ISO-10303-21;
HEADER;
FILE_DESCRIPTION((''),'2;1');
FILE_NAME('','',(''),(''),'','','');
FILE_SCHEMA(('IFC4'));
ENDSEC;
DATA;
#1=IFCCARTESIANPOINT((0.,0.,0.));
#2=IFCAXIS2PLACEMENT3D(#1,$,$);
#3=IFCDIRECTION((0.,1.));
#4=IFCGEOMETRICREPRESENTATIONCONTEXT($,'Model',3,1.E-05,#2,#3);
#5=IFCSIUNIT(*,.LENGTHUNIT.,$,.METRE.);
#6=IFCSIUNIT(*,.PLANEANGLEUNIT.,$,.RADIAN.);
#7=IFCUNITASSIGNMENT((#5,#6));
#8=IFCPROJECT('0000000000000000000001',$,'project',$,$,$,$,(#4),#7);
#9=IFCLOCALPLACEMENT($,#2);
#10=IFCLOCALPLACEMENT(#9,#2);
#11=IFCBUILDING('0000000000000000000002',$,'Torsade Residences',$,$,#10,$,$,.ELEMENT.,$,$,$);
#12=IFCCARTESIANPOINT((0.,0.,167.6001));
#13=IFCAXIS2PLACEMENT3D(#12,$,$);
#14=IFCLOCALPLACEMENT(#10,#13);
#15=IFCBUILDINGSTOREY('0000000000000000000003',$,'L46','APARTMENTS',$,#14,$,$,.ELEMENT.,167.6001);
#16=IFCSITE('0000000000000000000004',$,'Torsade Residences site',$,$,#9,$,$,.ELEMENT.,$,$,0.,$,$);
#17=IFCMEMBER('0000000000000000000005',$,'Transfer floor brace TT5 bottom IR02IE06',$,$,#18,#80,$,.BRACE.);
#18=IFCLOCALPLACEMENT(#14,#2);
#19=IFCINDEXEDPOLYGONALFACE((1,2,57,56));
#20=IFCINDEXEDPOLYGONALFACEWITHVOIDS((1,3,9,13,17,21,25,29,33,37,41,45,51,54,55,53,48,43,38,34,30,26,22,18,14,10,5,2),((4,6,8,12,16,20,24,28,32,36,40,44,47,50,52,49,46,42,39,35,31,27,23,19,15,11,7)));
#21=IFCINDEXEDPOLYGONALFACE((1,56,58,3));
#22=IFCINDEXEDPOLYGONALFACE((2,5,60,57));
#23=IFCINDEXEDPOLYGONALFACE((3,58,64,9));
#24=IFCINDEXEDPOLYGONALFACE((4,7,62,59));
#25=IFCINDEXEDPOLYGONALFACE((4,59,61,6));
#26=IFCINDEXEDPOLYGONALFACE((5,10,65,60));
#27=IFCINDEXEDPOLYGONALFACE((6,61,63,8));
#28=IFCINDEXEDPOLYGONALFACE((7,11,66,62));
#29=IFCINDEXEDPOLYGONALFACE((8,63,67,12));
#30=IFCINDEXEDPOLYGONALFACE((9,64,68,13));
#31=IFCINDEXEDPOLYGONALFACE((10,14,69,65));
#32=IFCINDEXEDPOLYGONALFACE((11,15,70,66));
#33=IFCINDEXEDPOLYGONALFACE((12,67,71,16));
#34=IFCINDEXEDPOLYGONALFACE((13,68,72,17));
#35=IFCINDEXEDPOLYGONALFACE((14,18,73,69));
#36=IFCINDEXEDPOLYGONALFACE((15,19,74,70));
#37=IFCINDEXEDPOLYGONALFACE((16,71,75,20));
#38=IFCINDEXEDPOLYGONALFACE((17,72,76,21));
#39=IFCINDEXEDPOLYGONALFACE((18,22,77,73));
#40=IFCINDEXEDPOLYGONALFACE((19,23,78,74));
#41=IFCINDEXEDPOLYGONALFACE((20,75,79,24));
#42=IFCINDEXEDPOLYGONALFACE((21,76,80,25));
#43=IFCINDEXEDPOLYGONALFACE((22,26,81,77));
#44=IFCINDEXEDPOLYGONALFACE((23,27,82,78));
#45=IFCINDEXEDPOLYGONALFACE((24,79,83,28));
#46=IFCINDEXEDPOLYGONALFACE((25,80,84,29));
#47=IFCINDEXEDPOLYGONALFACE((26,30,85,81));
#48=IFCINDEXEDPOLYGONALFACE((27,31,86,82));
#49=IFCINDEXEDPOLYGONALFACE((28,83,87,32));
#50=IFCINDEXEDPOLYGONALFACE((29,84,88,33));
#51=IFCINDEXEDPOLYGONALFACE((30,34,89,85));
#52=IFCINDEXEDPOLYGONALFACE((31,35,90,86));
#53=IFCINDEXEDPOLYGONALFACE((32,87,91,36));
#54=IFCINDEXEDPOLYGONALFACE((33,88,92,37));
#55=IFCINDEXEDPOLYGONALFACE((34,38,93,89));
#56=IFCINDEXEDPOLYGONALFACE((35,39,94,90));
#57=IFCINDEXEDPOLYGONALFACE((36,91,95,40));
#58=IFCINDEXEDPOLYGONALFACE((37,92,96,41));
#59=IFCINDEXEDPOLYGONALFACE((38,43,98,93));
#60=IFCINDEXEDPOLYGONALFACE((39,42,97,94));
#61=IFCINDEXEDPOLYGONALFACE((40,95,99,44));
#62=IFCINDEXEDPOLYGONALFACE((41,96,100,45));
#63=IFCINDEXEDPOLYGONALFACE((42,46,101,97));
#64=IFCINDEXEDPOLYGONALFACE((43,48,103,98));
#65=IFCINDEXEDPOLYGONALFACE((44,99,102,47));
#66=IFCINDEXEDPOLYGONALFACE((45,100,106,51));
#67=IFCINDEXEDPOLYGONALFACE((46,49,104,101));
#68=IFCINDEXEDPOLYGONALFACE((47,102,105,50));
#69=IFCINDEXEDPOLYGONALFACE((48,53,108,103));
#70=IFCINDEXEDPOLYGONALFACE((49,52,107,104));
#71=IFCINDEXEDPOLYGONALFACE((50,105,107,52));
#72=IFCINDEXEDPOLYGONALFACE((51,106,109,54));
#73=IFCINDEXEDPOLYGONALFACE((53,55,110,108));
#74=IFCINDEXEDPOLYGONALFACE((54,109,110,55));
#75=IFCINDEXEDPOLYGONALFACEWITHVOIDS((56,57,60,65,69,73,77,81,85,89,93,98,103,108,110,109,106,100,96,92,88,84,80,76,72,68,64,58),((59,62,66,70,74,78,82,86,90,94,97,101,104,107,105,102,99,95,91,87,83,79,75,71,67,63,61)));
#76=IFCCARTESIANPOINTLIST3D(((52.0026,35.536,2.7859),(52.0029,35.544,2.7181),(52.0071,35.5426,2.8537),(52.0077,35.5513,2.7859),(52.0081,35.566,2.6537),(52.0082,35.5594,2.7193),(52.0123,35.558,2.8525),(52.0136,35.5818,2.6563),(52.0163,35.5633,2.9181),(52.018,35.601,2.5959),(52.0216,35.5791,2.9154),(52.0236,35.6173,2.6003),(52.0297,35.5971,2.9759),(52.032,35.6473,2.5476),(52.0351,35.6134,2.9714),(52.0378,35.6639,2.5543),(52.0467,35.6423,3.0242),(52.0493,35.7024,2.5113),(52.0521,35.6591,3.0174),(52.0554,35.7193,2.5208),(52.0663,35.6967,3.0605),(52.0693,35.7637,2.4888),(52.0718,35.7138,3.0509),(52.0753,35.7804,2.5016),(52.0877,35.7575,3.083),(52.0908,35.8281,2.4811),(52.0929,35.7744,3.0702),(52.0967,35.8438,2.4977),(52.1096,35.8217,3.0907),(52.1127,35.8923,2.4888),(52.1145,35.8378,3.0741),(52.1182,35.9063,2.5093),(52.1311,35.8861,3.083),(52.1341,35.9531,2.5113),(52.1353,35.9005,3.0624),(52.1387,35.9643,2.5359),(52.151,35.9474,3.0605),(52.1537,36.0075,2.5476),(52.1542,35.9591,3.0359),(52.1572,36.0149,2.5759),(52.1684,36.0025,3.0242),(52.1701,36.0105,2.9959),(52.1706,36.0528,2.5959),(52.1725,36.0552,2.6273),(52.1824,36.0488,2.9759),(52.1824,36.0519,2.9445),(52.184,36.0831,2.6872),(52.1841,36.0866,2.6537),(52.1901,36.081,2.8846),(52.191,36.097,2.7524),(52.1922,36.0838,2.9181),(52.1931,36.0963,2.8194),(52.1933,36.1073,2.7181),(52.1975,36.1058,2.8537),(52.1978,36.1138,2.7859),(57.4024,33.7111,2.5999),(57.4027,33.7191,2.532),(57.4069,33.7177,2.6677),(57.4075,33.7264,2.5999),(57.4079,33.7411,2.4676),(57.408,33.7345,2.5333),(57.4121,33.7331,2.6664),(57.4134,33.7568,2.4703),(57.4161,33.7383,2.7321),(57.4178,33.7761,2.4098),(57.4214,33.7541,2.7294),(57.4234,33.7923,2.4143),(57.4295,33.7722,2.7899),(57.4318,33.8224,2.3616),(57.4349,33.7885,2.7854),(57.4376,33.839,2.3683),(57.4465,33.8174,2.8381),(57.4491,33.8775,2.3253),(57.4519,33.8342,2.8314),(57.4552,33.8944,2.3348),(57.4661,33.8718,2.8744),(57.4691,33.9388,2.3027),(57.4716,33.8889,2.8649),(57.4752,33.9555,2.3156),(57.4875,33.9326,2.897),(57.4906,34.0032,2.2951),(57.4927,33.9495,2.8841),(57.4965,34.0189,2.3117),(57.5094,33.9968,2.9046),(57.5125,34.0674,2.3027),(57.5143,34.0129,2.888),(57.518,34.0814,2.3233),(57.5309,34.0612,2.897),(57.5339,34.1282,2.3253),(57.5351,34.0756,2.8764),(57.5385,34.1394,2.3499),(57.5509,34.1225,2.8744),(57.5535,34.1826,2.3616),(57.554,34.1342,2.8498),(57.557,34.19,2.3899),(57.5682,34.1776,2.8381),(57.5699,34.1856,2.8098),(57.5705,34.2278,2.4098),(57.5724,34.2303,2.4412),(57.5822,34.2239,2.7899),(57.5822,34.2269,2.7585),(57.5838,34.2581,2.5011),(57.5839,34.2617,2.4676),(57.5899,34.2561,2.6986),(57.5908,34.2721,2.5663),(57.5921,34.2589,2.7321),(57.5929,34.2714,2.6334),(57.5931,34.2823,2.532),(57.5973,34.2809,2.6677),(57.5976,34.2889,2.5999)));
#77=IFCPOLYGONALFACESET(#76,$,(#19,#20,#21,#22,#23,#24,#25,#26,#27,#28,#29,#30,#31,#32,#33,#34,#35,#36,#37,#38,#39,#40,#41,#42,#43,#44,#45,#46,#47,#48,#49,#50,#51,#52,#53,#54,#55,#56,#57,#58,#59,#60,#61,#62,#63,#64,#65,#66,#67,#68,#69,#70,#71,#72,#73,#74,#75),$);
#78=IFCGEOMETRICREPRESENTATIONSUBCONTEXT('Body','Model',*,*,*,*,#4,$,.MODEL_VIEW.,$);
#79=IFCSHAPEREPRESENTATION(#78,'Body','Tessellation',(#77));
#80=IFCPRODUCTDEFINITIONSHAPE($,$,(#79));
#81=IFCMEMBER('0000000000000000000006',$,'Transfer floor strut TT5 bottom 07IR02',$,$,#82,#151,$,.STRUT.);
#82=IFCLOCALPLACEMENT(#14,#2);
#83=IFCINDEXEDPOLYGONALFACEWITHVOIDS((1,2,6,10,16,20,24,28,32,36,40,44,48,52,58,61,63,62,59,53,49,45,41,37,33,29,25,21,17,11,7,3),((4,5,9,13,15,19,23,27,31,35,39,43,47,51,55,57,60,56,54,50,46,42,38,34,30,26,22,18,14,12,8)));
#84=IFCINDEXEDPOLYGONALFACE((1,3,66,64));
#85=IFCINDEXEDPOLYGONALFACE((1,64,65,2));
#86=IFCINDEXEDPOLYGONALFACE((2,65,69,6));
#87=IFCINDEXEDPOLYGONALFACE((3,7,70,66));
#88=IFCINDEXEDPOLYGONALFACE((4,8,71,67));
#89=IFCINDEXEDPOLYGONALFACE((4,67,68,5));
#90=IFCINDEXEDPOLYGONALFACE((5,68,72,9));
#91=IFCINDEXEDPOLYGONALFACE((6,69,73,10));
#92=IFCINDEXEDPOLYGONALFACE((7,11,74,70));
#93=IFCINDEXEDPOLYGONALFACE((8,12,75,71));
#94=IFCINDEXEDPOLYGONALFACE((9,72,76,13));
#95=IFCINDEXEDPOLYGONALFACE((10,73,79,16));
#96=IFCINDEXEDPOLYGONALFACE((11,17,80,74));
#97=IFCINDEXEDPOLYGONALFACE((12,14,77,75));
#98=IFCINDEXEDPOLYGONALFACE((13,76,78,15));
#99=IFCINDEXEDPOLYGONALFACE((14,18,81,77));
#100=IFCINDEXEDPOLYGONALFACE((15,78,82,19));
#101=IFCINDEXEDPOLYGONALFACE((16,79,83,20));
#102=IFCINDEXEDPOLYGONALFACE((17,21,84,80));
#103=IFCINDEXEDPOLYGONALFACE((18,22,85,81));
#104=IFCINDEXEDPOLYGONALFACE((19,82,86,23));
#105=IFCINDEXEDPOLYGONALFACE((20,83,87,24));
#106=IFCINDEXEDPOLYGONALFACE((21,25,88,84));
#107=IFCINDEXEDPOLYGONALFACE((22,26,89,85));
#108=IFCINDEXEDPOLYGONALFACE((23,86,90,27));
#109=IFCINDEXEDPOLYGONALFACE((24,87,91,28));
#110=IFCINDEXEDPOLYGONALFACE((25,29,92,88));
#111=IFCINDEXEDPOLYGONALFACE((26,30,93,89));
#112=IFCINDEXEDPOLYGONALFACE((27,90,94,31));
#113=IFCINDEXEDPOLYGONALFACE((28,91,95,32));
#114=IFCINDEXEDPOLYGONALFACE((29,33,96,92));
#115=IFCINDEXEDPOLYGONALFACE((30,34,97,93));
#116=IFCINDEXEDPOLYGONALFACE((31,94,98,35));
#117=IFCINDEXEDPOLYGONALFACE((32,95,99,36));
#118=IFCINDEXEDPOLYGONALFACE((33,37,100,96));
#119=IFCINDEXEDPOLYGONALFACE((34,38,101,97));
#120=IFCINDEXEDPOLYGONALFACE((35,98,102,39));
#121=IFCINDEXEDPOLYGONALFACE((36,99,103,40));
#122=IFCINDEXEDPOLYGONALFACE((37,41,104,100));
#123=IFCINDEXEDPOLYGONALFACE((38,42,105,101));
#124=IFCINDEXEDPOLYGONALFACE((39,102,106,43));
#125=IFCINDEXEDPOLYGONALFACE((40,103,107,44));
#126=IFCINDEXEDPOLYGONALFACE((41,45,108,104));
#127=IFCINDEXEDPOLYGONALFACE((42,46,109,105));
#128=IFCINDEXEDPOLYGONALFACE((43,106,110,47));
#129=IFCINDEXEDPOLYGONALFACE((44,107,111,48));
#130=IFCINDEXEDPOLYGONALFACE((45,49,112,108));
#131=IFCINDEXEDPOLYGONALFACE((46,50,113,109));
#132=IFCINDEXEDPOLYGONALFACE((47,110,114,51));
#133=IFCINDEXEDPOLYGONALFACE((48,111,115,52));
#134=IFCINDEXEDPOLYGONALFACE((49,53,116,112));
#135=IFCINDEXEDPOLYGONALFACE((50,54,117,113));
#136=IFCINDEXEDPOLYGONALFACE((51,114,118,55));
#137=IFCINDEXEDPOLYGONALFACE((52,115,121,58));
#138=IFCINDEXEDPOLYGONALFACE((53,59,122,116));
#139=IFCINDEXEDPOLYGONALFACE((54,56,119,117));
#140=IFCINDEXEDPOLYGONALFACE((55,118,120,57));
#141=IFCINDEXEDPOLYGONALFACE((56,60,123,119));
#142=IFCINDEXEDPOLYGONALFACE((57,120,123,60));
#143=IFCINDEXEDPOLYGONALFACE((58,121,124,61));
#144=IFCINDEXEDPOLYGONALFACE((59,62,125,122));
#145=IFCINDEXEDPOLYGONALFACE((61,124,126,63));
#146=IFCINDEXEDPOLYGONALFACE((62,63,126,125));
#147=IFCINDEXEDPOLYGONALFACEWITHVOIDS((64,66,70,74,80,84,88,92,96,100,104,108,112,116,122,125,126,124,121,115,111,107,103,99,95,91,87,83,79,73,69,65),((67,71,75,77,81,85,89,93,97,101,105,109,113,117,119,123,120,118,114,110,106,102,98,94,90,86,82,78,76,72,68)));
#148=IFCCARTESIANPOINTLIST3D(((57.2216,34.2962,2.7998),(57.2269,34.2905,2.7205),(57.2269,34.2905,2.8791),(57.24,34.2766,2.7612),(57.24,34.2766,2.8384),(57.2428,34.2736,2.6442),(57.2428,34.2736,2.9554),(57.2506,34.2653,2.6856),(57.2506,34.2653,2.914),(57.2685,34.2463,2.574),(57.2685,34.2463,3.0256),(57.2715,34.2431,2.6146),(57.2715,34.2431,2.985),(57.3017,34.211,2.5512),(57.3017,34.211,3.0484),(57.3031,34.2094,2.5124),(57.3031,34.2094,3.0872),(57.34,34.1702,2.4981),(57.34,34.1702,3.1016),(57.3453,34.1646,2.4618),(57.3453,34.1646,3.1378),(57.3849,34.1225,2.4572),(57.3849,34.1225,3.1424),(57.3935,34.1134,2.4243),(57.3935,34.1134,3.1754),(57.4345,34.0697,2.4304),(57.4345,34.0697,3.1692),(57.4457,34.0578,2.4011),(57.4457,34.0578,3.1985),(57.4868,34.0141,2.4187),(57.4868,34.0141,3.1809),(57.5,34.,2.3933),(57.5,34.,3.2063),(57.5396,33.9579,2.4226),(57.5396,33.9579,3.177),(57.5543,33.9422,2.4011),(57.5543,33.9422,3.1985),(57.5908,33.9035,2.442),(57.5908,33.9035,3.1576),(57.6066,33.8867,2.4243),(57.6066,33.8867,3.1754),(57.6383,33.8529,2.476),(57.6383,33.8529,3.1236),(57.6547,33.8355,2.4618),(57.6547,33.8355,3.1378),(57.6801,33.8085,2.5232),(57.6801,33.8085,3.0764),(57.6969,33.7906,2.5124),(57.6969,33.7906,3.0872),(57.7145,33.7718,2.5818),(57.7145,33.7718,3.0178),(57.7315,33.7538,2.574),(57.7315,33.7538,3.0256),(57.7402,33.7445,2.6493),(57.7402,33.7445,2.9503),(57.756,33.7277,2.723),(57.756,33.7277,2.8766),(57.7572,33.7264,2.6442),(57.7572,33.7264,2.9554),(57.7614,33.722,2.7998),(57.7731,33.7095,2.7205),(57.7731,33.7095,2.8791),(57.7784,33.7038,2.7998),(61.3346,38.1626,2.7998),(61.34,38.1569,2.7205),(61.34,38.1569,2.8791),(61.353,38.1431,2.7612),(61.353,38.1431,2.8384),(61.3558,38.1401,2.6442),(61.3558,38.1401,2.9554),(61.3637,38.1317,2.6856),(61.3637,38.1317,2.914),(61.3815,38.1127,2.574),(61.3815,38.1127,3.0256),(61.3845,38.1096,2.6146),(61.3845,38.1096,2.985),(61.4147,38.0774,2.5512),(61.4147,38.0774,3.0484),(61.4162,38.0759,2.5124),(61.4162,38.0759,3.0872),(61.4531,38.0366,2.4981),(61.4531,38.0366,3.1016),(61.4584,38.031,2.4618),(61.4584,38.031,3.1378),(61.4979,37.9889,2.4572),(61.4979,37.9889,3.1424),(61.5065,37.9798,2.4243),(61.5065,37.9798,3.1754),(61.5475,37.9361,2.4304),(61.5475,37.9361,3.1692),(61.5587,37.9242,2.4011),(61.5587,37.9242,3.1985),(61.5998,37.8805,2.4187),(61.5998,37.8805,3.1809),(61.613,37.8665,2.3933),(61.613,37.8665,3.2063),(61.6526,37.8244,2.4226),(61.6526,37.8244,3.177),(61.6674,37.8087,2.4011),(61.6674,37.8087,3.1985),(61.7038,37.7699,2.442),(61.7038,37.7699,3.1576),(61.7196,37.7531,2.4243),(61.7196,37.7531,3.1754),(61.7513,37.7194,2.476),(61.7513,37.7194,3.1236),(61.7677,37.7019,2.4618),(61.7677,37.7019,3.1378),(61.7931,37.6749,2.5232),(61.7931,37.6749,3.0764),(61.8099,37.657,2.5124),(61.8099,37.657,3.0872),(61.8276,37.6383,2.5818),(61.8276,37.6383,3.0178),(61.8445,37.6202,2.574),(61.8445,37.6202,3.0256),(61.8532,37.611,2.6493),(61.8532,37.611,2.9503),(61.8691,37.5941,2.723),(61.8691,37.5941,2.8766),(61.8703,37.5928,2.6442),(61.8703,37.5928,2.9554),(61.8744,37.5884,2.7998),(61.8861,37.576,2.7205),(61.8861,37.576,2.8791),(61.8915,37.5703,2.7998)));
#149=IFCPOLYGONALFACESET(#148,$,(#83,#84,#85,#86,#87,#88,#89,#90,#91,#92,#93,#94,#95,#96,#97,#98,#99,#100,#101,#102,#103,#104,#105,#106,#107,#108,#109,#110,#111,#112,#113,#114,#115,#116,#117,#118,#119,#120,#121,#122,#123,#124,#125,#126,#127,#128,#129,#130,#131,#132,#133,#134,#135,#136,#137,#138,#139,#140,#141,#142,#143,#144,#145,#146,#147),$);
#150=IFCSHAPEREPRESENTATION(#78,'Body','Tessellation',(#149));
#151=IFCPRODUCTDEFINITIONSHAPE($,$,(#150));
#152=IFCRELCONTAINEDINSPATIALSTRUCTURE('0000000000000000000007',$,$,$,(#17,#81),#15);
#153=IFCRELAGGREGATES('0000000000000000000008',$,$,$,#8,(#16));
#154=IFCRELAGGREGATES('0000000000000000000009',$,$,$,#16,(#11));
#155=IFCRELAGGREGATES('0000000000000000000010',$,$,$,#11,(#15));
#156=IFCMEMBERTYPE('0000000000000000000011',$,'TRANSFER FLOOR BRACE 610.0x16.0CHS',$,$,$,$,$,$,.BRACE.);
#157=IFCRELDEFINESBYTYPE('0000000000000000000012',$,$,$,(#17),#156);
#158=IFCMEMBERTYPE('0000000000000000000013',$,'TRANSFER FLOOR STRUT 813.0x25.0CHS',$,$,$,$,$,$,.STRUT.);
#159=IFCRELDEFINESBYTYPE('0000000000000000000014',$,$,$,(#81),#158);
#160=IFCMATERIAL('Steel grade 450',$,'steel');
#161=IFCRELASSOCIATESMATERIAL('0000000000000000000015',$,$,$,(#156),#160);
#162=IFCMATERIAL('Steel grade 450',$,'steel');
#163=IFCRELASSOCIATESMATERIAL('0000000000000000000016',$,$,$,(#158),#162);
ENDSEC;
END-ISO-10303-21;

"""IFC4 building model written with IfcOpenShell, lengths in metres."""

from ifc_helpers import new_model, si_unit, direction, frame, origin, origin_2d, place, context, subcontext, project, spatial, hollow_circle, extrude, material, material_profile, profile_set, type_object, element, save


model = new_model("IFC4")

# Units and contexts
model_context = context("Model", 3, precision=1e-05, world=origin(), true_north=direction((0.0, 1.0)))
body_context = subcontext(model_context, "Body", "Model", "MODEL_VIEW")
ifc_project = project(units=[si_unit("LENGTHUNIT", "METRE"), si_unit("PLANEANGLEUNIT", "RADIAN")], contexts=[model_context])

# Site, building, storey
site_placement = place(None, origin())
site = spatial("IfcSite", under=ifc_project, at=site_placement, Name="Torsade Residences site", CompositionType="ELEMENT", RefElevation=0.0)
building_placement = place(site_placement, origin())
building = spatial("IfcBuilding", under=site, at=building_placement, Name="Torsade Residences", CompositionType="ELEMENT")
storey_placement = place(building_placement, frame((0.0, 0.0, 167.6001)))
storey = spatial("IfcBuildingStorey", under=building, at=storey_placement, Name="L46", Description="APARTMENTS", CompositionType="ELEMENT", Elevation=167.6001)

# Members
ifc_material_1 = material(Name="Steel grade 450", Category="steel")
ifc_material_profile_1 = material_profile(ifc_material_1, hollow_circle(Radius=0.3049, WallThickness=0.0161, at=origin_2d()), Name="610.0x16.0CHS")
ifc_profile_set_1 = profile_set([ifc_material_profile_1], Name="Steel grade 450")
member_type_1 = type_object("IfcMemberType", Name="TRANSFER FLOOR BRACE 610.0x16.0CHS", PredefinedType="BRACE", material=ifc_profile_set_1)
member_1_placement = place(storey_placement, frame((57.5, 34.0, 2.5999), z_axis=(-0.946856, 0.319999, 0.032621), x_axis=(-0.32017, -0.94736, 0.0)))
element("IfcMember", 1, at=member_1_placement, inside=storey, type_object=member_type_1, Name="Transfer floor brace TT5 bottom IR02IE06", PredefinedType="BRACE", context=body_context, shape_type="SweptSolid", body=[
    extrude(hollow_circle(Radius=0.3049, WallThickness=0.0161, at=origin_2d()), origin(), (0.0, 0.0, 1.0), 5.7029),
])
ifc_material_2 = material(Name="Steel grade 450", Category="steel")
ifc_material_profile_2 = material_profile(ifc_material_2, hollow_circle(Radius=0.4065, WallThickness=0.0249, at=origin_2d()), Name="813.0x25.0CHS")
ifc_profile_set_2 = profile_set([ifc_material_profile_2], Name="Steel grade 450")
member_type_2 = type_object("IfcMemberType", Name="TRANSFER FLOOR STRUT 813.0x25.0CHS", PredefinedType="STRUT", material=ifc_profile_set_2)
member_2_placement = place(storey_placement, frame((61.613, 37.8665, 2.7998), z_axis=(-0.72861, -0.684929, 0.0), x_axis=(0.684929, -0.72861, 0.0)))
element("IfcMember", 2, at=member_2_placement, inside=storey, type_object=member_type_2, Name="Transfer floor strut TT5 bottom 07IR02", PredefinedType="STRUT", context=body_context, shape_type="SweptSolid", body=[
    extrude(hollow_circle(Radius=0.4065, WallThickness=0.0249, at=origin_2d()), origin(), (0.0, 0.0, 1.0), 5.645),
])

save(model, "model.ifc")
